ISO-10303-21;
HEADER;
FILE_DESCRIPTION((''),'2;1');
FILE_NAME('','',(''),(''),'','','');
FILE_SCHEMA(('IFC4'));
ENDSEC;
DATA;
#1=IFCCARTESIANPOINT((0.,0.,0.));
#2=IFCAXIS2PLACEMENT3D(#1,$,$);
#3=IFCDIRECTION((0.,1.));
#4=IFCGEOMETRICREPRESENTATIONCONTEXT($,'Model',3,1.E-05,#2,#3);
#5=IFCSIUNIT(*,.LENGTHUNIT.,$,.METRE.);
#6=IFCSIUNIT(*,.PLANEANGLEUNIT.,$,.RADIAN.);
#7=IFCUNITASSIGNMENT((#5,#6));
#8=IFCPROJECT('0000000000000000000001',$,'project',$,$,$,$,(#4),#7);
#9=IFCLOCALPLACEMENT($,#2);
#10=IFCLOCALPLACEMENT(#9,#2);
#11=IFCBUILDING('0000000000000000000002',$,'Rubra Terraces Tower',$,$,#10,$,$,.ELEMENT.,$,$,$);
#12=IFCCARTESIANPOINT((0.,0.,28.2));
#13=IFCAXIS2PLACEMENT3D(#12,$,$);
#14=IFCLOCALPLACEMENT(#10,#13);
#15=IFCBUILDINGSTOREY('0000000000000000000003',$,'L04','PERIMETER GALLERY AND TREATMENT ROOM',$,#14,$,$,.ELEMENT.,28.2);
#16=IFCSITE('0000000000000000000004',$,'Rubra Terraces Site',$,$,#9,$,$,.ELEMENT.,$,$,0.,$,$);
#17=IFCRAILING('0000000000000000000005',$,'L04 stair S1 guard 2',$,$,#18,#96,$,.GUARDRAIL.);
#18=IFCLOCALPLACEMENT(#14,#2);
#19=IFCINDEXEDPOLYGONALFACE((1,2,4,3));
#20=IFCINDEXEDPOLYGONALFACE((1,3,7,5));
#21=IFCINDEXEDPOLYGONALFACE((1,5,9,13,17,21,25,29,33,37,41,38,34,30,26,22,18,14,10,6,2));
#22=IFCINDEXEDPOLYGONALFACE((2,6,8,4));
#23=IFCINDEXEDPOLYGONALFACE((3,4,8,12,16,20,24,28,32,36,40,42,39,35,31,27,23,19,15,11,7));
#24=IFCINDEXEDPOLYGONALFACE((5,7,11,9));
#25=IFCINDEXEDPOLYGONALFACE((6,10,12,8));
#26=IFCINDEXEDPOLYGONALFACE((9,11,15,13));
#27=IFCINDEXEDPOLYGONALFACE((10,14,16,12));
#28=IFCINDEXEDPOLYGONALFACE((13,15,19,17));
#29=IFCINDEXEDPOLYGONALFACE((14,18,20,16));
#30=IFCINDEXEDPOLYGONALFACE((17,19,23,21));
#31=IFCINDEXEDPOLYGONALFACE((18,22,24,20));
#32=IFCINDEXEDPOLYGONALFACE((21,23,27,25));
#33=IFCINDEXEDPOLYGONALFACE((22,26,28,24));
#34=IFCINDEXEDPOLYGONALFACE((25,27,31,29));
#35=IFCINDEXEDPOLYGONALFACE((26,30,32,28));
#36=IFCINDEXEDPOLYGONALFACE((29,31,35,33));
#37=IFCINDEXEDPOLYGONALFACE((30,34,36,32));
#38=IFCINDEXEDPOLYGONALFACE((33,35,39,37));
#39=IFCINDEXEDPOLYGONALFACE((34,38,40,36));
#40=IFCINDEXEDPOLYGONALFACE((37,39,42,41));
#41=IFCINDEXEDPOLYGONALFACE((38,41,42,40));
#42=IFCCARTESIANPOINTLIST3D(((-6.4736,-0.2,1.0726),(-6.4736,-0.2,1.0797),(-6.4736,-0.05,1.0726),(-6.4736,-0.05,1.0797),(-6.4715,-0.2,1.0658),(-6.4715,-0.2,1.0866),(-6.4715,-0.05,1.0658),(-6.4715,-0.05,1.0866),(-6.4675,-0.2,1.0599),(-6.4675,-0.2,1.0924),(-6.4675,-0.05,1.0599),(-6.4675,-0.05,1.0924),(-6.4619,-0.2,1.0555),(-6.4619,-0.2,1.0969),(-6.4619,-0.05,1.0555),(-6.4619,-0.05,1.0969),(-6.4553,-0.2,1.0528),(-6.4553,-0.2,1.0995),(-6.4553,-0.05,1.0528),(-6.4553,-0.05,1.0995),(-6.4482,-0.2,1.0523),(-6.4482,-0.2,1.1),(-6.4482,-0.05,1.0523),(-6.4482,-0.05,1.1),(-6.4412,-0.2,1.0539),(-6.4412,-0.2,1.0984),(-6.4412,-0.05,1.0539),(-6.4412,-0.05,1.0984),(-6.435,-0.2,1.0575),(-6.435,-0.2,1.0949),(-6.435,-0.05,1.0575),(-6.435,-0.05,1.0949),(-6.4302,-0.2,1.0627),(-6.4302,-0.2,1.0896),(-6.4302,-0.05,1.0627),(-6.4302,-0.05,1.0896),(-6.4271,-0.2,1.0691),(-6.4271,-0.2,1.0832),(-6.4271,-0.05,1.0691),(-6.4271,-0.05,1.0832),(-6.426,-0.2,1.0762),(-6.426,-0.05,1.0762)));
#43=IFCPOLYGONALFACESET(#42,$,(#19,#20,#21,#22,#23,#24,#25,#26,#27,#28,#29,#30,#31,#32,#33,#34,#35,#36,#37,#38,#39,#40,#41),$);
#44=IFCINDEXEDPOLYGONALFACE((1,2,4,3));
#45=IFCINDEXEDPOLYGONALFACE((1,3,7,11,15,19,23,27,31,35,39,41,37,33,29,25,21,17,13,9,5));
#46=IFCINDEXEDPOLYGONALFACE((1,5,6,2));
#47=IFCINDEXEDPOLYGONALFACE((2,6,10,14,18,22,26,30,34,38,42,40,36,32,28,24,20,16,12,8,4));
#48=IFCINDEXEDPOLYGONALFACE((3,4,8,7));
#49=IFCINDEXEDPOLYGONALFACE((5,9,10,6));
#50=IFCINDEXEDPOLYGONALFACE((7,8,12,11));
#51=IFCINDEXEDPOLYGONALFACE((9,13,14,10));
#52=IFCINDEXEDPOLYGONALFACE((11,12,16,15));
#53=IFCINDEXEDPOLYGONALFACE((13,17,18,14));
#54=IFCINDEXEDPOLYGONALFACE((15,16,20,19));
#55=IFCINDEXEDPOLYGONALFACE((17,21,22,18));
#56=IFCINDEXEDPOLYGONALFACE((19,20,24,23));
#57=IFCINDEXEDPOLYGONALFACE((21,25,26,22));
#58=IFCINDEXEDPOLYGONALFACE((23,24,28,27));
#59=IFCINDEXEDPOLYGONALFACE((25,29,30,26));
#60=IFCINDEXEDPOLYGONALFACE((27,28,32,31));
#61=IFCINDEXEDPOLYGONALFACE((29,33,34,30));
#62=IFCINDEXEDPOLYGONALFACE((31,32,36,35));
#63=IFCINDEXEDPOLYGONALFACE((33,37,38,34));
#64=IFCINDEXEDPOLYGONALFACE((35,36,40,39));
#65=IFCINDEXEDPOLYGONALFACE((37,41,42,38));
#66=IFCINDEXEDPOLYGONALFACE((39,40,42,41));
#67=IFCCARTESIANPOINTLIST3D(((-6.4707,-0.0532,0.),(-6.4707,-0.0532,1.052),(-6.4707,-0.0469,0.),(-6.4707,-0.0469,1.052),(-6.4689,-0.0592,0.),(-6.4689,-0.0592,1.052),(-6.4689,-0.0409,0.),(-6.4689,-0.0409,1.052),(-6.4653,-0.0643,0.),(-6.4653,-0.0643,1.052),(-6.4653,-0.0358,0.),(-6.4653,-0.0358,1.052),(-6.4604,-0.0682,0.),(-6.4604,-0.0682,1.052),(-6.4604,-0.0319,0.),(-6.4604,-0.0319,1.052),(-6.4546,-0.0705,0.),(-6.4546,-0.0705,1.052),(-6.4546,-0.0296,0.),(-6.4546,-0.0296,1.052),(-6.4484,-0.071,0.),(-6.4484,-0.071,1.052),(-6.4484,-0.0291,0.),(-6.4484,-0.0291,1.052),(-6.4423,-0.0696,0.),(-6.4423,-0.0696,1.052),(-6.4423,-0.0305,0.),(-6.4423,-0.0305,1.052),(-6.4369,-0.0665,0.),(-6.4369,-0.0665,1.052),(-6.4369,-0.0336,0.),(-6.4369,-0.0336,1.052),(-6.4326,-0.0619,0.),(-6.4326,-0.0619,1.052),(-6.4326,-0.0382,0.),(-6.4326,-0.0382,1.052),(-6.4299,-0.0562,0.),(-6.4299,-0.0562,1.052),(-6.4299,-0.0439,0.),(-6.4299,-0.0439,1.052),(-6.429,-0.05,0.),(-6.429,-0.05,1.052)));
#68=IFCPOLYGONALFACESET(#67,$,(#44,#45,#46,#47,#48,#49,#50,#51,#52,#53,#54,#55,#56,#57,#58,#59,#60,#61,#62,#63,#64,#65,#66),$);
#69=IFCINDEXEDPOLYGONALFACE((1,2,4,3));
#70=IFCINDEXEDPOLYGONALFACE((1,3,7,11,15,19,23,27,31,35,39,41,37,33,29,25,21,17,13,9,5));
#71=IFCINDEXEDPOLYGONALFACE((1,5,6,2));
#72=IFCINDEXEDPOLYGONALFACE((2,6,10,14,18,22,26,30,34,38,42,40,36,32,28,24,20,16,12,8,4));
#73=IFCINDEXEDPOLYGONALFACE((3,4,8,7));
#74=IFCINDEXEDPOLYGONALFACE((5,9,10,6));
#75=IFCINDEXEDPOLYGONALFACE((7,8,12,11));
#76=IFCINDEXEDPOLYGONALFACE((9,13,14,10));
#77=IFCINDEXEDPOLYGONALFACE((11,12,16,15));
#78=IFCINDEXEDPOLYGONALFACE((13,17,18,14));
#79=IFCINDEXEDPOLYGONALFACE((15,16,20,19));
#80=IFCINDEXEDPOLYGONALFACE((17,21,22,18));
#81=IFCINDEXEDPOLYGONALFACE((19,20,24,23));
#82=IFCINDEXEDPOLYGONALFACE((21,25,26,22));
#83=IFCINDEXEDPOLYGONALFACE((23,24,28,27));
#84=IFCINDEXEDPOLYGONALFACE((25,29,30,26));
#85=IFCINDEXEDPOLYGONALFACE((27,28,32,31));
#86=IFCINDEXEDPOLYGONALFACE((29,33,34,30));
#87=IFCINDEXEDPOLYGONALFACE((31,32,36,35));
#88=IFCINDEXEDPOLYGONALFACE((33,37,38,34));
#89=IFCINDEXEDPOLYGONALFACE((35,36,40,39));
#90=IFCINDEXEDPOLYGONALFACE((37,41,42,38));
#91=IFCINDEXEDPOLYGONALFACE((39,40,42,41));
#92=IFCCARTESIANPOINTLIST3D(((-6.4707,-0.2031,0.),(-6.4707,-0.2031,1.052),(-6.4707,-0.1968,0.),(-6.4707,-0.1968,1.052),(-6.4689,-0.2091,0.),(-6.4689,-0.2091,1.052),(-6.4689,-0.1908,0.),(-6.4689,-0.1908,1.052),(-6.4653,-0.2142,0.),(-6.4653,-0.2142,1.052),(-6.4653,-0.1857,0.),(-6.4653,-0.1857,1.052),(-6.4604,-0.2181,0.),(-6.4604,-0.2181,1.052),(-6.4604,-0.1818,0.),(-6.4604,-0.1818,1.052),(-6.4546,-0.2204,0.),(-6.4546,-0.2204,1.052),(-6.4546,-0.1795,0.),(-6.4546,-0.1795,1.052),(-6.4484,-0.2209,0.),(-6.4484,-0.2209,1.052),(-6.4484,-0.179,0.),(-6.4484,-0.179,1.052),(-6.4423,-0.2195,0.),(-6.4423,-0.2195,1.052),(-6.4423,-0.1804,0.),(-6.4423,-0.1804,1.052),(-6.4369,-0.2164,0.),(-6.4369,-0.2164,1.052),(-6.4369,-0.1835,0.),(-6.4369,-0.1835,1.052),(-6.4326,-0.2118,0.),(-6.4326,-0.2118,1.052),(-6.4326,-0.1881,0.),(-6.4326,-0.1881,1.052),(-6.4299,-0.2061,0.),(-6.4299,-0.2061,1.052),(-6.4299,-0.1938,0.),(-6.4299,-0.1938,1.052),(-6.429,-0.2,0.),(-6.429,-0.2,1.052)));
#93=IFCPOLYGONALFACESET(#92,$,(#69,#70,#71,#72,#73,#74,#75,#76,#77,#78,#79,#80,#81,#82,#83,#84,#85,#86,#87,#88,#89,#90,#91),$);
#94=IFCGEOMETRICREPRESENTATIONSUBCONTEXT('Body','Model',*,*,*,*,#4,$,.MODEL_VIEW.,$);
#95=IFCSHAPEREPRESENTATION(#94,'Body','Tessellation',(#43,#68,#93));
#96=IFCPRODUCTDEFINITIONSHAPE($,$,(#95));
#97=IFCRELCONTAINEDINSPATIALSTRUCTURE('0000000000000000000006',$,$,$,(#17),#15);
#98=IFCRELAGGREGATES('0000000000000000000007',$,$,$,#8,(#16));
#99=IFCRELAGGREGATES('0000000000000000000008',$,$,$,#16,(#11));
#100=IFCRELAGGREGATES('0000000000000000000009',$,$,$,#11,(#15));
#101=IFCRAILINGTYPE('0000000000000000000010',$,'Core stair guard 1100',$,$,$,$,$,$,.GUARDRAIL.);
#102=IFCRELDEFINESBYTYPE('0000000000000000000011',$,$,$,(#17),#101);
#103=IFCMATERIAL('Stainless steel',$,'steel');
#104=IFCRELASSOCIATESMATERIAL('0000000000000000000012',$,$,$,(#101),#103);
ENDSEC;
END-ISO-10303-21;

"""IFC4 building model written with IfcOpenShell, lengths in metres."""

from ifc_helpers import new_model, si_unit, direction, frame, origin, origin_2d, place, context, subcontext, project, spatial, circle, extrude, material, type_object, element, save


model = new_model("IFC4")

# Units and contexts
model_context = context("Model", 3, precision=1e-05, world=origin(), true_north=direction((0.0, 1.0)))
body_context = subcontext(model_context, "Body", "Model", "MODEL_VIEW")
ifc_project = project(units=[si_unit("LENGTHUNIT", "METRE"), si_unit("PLANEANGLEUNIT", "RADIAN")], contexts=[model_context])

# Site, building, storey
site_placement = place(None, origin())
site = spatial("IfcSite", under=ifc_project, at=site_placement, Name="Rubra Terraces Site", CompositionType="ELEMENT", RefElevation=0.0)
building_placement = place(site_placement, origin())
building = spatial("IfcBuilding", under=site, at=building_placement, Name="Rubra Terraces Tower", CompositionType="ELEMENT")
storey_placement = place(building_placement, frame((0.0, 0.0, 28.2)))
storey = spatial("IfcBuildingStorey", under=building, at=storey_placement, Name="L04", Description="PERIMETER GALLERY AND TREATMENT ROOM", CompositionType="ELEMENT", Elevation=28.2)

# Shared definitions
ifc_material_1 = material(Name="Stainless steel", Category="steel")

# Railing
railing_type_1 = type_object("IfcRailingType", Name="Core stair guard 1100", PredefinedType="GUARDRAIL", material=ifc_material_1)
railing_1_placement = place(storey_placement, frame((-6.45, -0.05, 0.0)))
element("IfcRailing", 1, at=railing_1_placement, inside=storey, type_object=railing_type_1, Name="L04 stair S1 guard 2", PredefinedType="GUARDRAIL", context=body_context, shape_type="SweptSolid", body=[
    extrude(circle(Radius=0.0239, at=origin_2d()), frame((0.0, 0.0, 1.0762), z_axis=(0.0, -1.0, 0.0), x_axis=(1.0, 0.0, 0.0)), (0.0, 0.0, 1.0), 0.1499),
    extrude(circle(Radius=0.021, at=origin_2d()), origin(), (0.0, 0.0, 1.0), 1.052),
    extrude(circle(Radius=0.021, at=origin_2d()), frame((0.0, -0.1499, 0.0)), (0.0, 0.0, 1.0), 1.052),
])

save(model, "model.ifc")
